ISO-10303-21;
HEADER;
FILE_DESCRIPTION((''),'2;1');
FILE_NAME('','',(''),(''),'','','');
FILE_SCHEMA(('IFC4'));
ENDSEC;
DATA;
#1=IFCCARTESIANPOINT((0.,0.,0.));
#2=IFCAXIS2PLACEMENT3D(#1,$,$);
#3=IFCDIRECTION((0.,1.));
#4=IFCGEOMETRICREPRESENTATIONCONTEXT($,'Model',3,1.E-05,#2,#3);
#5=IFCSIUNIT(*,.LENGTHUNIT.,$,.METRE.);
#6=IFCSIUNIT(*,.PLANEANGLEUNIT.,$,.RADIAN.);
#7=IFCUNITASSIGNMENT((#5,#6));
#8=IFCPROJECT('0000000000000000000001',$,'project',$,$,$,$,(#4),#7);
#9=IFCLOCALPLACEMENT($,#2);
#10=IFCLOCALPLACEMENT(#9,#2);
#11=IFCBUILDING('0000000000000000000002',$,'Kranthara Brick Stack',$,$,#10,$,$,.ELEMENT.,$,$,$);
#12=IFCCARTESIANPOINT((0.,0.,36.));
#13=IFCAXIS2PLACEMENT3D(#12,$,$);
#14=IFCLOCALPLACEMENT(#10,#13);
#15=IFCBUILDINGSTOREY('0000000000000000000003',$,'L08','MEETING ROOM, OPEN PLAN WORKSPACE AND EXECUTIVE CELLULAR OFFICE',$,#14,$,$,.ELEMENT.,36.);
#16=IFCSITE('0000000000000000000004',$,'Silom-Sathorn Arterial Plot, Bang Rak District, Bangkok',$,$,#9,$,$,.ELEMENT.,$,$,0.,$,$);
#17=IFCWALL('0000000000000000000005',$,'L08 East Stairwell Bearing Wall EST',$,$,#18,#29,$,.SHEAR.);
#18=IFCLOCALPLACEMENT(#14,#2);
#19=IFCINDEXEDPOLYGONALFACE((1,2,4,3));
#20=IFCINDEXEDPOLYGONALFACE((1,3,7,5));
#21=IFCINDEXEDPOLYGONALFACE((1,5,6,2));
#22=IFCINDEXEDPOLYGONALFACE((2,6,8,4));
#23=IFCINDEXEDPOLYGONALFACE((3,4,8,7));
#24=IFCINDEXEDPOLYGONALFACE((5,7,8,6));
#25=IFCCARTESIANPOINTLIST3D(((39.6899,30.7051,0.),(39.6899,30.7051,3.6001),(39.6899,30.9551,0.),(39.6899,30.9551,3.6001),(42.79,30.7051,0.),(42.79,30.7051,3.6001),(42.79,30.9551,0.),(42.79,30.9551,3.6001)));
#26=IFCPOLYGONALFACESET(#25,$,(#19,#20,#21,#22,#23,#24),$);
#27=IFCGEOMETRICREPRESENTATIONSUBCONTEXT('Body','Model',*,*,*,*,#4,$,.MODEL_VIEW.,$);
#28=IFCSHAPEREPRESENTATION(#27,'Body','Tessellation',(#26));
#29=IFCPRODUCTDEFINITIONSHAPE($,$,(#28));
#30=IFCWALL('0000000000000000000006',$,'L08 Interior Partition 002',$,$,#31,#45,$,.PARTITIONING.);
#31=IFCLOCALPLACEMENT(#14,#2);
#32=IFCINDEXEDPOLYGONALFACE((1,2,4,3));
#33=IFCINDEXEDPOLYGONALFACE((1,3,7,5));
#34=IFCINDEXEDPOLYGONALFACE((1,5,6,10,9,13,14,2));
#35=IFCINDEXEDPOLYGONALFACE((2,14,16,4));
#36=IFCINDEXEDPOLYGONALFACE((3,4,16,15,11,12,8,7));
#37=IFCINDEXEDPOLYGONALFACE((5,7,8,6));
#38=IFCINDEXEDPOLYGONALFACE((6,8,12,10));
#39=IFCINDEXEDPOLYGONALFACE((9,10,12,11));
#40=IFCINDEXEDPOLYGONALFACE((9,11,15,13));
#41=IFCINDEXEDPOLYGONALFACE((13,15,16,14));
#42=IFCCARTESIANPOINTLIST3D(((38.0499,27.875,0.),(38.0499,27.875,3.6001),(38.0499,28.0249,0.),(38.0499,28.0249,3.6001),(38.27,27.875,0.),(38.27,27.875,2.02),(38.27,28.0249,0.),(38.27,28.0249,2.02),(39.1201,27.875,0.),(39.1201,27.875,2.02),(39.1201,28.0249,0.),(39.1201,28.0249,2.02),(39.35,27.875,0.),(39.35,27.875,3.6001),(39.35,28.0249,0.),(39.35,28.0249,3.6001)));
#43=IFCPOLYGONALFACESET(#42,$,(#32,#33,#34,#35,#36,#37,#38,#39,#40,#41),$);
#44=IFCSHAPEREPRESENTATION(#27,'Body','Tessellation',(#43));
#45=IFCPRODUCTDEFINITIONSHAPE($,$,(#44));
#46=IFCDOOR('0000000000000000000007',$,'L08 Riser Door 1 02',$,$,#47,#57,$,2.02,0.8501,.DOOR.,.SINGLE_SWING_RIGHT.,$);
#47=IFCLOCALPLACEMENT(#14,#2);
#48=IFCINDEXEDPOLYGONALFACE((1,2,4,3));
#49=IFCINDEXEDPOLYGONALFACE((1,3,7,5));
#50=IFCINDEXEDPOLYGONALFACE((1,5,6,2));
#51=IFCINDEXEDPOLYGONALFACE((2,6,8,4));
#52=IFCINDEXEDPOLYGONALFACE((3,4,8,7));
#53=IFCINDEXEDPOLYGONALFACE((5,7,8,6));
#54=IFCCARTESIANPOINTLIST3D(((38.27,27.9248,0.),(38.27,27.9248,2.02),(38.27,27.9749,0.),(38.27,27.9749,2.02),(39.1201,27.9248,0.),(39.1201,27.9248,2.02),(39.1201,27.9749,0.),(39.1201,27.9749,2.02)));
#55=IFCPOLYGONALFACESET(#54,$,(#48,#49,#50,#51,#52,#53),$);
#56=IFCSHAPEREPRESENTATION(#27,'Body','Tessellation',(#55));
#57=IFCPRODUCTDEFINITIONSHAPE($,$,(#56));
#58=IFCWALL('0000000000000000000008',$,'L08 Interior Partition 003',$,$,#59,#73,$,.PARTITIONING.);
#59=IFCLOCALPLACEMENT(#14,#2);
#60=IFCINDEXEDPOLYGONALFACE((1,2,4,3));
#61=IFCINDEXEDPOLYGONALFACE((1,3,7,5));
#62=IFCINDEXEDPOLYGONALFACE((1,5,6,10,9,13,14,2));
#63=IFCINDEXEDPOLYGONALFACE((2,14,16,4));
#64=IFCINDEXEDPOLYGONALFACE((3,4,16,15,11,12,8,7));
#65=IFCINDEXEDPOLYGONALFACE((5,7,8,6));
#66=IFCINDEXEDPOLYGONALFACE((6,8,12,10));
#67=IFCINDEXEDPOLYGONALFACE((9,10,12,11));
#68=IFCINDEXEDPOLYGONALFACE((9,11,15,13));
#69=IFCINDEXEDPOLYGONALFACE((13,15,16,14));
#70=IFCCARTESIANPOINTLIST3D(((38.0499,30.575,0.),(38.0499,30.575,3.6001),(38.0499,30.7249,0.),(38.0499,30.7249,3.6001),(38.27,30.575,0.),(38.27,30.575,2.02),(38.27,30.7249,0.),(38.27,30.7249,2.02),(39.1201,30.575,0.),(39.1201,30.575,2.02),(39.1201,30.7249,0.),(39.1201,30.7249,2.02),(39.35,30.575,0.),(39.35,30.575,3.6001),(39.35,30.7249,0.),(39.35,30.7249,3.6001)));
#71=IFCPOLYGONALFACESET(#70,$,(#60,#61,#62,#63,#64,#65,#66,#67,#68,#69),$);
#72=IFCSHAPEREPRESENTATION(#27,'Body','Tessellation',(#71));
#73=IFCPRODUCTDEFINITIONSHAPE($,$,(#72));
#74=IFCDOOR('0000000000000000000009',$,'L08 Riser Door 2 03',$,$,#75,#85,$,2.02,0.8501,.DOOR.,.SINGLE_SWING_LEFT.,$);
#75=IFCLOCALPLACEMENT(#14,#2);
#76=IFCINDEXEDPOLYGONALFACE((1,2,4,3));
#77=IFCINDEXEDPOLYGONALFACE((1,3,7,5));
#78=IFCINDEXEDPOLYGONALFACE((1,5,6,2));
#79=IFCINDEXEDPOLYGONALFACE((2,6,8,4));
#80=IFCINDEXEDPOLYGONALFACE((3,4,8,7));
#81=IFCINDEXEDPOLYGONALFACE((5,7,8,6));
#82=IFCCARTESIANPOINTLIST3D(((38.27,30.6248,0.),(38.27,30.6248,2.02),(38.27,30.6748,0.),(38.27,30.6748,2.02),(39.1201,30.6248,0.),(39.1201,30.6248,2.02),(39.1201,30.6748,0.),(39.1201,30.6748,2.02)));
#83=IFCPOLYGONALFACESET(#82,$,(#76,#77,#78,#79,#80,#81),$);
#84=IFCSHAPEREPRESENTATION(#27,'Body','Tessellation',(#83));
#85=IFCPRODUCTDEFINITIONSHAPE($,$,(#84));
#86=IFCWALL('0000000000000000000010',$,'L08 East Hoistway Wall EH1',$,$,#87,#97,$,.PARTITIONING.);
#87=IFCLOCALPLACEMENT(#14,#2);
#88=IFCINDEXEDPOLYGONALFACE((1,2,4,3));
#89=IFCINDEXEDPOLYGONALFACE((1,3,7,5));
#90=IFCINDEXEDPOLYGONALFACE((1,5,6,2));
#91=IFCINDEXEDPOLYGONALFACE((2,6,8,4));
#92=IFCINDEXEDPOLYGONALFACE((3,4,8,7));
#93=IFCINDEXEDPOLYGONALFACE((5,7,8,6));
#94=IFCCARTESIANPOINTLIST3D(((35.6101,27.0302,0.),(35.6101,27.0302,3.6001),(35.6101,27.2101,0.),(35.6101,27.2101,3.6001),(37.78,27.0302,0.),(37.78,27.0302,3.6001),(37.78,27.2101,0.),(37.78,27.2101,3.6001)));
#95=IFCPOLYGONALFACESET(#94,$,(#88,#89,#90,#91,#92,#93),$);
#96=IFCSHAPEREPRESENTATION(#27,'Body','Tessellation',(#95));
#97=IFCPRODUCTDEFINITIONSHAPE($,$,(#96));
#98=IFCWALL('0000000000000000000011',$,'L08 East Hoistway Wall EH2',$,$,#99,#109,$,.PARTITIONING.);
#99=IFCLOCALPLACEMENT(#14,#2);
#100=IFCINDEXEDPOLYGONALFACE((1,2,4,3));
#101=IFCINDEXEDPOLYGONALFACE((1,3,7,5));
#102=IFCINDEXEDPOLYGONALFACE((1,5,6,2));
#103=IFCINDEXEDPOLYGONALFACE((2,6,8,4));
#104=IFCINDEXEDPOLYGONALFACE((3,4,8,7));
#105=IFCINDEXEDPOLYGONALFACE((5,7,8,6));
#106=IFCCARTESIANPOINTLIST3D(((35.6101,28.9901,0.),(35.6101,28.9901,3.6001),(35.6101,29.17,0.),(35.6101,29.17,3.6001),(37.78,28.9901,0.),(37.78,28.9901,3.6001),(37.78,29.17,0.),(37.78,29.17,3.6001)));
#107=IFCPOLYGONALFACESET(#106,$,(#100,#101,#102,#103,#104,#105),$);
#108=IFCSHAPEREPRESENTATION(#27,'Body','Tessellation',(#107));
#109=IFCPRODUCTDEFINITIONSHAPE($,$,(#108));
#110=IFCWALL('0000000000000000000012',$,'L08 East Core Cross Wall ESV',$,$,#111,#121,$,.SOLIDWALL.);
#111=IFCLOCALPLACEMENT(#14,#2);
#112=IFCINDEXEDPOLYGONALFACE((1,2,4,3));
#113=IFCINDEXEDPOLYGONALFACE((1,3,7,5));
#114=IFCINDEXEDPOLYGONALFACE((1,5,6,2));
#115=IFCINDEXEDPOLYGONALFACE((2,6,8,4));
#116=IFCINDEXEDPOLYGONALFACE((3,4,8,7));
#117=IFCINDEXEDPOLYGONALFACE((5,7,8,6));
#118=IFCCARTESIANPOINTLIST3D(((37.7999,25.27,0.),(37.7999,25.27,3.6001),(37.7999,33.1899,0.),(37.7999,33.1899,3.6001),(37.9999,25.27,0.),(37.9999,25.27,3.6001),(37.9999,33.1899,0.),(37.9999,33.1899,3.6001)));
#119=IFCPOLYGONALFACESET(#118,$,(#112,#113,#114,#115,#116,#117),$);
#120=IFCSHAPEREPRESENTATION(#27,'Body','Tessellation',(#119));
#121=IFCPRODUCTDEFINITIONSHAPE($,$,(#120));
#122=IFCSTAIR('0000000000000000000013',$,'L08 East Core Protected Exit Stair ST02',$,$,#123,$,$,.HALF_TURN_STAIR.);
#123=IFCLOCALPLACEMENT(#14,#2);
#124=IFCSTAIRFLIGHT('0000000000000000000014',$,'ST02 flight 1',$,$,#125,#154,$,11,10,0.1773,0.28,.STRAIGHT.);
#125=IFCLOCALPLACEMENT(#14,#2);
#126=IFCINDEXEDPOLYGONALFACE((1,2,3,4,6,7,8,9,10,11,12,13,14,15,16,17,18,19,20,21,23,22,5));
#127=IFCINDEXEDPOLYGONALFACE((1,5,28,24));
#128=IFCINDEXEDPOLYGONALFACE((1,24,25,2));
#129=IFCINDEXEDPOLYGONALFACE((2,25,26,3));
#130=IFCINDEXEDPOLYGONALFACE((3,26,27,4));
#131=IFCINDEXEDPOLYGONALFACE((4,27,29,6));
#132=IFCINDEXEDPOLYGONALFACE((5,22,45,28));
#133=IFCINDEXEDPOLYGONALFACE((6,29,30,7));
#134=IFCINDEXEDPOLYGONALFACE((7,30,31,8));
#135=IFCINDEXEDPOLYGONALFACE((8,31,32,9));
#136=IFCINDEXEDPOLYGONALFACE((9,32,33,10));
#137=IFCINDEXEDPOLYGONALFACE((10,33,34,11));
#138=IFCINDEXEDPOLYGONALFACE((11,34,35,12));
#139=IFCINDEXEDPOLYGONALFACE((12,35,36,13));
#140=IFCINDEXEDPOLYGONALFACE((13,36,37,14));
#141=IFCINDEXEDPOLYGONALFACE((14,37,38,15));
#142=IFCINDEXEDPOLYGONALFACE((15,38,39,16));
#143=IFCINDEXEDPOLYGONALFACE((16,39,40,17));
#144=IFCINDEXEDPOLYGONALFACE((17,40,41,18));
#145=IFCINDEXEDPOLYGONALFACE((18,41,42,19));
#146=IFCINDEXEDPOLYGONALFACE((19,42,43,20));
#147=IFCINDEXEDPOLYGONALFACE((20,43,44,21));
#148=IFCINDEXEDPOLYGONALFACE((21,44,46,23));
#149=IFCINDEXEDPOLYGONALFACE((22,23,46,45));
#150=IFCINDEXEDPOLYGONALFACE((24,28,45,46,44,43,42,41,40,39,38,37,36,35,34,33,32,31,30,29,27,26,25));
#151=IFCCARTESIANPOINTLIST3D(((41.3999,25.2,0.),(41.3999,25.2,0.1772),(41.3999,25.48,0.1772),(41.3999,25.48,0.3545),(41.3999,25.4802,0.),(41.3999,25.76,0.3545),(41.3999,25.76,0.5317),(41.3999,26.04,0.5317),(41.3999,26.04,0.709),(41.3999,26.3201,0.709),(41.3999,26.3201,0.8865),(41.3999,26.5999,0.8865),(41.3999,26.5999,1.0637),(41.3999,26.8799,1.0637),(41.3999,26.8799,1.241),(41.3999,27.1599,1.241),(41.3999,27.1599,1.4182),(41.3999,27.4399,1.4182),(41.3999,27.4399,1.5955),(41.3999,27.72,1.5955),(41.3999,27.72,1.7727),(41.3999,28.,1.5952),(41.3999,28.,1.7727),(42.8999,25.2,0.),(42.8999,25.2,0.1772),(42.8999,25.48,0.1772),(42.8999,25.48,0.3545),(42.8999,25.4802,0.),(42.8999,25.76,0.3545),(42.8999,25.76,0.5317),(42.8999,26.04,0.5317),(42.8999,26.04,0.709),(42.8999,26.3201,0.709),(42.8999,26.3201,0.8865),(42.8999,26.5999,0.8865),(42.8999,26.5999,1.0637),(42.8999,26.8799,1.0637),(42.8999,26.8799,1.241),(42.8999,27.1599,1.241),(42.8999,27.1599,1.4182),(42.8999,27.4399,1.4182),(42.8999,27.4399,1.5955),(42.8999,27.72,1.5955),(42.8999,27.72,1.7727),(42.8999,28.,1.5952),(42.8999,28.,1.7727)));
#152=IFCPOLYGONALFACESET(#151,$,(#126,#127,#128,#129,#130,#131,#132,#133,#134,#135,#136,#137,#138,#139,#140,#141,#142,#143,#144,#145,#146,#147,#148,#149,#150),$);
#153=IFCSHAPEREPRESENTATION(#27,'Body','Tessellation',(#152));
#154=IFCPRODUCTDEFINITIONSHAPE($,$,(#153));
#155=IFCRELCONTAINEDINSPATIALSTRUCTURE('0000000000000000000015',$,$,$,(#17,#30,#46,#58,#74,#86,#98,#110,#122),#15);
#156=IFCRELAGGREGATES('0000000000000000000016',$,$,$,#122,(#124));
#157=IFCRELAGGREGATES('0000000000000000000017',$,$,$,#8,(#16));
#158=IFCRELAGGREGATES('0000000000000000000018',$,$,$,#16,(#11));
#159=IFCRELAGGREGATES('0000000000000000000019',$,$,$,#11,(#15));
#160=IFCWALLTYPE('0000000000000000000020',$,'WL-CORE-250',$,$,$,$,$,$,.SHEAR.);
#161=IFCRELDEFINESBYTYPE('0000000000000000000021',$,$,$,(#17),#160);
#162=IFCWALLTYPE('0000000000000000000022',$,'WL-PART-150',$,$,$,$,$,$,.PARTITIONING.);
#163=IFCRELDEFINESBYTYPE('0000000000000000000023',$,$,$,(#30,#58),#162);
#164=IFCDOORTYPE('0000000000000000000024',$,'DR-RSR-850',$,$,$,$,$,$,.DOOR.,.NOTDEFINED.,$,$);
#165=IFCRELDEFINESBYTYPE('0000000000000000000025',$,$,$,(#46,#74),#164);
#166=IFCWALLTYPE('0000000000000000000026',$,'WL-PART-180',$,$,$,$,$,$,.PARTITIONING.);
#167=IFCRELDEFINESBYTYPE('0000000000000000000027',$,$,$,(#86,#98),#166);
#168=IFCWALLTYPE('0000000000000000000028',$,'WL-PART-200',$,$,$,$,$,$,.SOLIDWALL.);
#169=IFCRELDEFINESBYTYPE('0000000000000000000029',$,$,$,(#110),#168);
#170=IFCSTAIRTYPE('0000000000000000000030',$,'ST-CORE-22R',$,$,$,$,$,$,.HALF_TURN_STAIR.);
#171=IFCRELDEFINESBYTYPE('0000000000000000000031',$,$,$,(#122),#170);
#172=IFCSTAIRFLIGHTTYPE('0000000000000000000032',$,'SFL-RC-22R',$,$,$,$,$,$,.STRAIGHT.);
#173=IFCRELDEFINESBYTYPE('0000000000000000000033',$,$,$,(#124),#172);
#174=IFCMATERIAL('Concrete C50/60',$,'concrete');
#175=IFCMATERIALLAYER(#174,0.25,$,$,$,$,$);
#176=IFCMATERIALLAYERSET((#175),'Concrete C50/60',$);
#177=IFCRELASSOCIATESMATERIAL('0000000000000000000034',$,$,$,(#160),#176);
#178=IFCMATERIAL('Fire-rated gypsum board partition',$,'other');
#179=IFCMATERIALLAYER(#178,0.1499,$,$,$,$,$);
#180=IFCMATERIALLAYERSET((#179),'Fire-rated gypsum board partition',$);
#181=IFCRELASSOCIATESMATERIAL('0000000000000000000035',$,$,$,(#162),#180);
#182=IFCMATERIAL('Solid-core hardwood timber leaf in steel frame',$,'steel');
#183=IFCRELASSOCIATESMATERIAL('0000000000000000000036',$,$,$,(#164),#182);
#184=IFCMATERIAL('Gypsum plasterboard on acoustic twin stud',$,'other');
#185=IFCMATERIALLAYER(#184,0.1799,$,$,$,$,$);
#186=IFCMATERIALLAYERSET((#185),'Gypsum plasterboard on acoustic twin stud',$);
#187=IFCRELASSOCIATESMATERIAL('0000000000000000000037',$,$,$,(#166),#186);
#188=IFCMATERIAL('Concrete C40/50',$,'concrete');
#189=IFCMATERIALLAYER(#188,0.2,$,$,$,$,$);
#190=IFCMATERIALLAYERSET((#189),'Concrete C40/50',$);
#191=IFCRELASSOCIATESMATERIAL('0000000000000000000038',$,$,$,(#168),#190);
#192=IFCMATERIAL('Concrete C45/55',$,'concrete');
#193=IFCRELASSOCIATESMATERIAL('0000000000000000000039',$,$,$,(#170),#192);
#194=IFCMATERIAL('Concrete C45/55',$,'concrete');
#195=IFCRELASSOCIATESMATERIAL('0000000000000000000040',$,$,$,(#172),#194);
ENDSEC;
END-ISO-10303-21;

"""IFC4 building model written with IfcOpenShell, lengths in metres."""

from ifc_helpers import new_model, si_unit, direction, frame, frame_2d, origin, place, context, subcontext, project, spatial, polyline, rectangle, outline, extrude, material, layer, layer_set, type_object, element, fill, aggregate, save


model = new_model("IFC4")

# Units and contexts
model_context = context("Model", 3, precision=1e-05, world=origin(), true_north=direction((0.0, 1.0)))
body_context = subcontext(model_context, "Body", "Model", "MODEL_VIEW")
ifc_project = project(units=[si_unit("LENGTHUNIT", "METRE"), si_unit("PLANEANGLEUNIT", "RADIAN")], contexts=[model_context])

# Site, building, storey
site_placement = place(None, origin())
site = spatial("IfcSite", under=ifc_project, at=site_placement, Name="Silom-Sathorn Arterial Plot, Bang Rak District, Bangkok", CompositionType="ELEMENT", RefElevation=0.0)
building_placement = place(site_placement, origin())
building = spatial("IfcBuilding", under=site, at=building_placement, Name="Kranthara Brick Stack", CompositionType="ELEMENT")
storey_placement = place(building_placement, frame((0.0, 0.0, 36.0)))
storey = spatial("IfcBuildingStorey", under=building, at=storey_placement, Name="L08", Description="MEETING ROOM, OPEN PLAN WORKSPACE AND EXECUTIVE CELLULAR OFFICE", CompositionType="ELEMENT", Elevation=36.0)

# Wall
ifc_material_1 = material(Name="Concrete C50/60", Category="concrete")
ifc_layer_1 = layer(ifc_material_1, 0.25)
ifc_layer_set_1 = layer_set([ifc_layer_1], Name="Concrete C50/60")
wall_type_1 = type_object("IfcWallType", Name="WL-CORE-250", PredefinedType="SHEAR", material=ifc_layer_set_1)
wall_1_placement = place(storey_placement, frame((39.6899, 30.8301, 0.0), z_axis=(0.0, 0.0, 1.0), x_axis=(1.0, 0.0, 0.0)))
element("IfcWall", 1, at=wall_1_placement, inside=storey, type_object=wall_type_1, Name="L08 East Stairwell Bearing Wall EST", PredefinedType="SHEAR", context=body_context, shape_type="SweptSolid", body=[
    extrude(rectangle(XDim=3.1001, YDim=0.25, at=frame_2d((1.55, 0.0))), origin(), (0.0, 0.0, 1.0), 3.6001),
])

# Walls, openings, doors
ifc_material_2 = material(Name="Fire-rated gypsum board partition", Category="other")
ifc_layer_2 = layer(ifc_material_2, 0.1499)
ifc_layer_set_2 = layer_set([ifc_layer_2], Name="Fire-rated gypsum board partition")
wall_type_2 = type_object("IfcWallType", Name="WL-PART-150", PredefinedType="PARTITIONING", material=ifc_layer_set_2)
wall_2_placement = place(storey_placement, frame((38.05, 27.95, 0.0), z_axis=(0.0, 0.0, 1.0), x_axis=(1.0, 0.0, 0.0)))
wall_2 = element("IfcWall", 2, at=wall_2_placement, inside=storey, type_object=wall_type_2, Name="L08 Interior Partition 002", PredefinedType="PARTITIONING", context=body_context, shape_type="SweptSolid", body=[
    extrude(rectangle(XDim=1.3, YDim=0.1499, at=frame_2d((0.6499, 0.0))), origin(), (0.0, 0.0, 1.0), 3.6001),
])
opening_1_placement = place(wall_2_placement, frame((0.22, 0.0, 0.0)))
opening_1 = element("IfcOpeningElement", 3, at=opening_1_placement, cuts=wall_2, PredefinedType="OPENING", context=body_context, shape_type="SweptSolid", body=[
    extrude(rectangle(XDim=0.8501, YDim=2.02, at=frame_2d((0.425, 1.01))), frame((0.0, 0.085, 0.0), z_axis=(0.0, -1.0, 0.0), x_axis=(1.0, 0.0, 0.0)), (0.0, 0.0, 1.0), 0.1699),
])
ifc_material_3 = material(Name="Solid-core hardwood timber leaf in steel frame", Category="steel")
door_type = type_object("IfcDoorType", Name="DR-RSR-850", OperationType="NOTDEFINED", PredefinedType="DOOR", material=ifc_material_3)
door_1_placement = place(opening_1_placement, origin())
door_1 = element("IfcDoor", 4, at=door_1_placement, inside=storey, type_object=door_type, Name="L08 Riser Door 1 02", OperationType="SINGLE_SWING_RIGHT", OverallHeight=2.02, OverallWidth=0.8501, PredefinedType="DOOR", context=body_context, shape_type="SweptSolid", body=[
    extrude(rectangle(XDim=0.8501, YDim=2.02, at=frame_2d((0.425, 1.01))), frame((0.0, 0.0249, 0.0), z_axis=(0.0, -1.0, 0.0), x_axis=(1.0, 0.0, 0.0)), (0.0, 0.0, 1.0), 0.05),
])
fill(opening_1, door_1)
wall_3_placement = place(storey_placement, frame((38.05, 30.6499, 0.0), z_axis=(0.0, 0.0, 1.0), x_axis=(1.0, 0.0, 0.0)))
wall_3 = element("IfcWall", 5, at=wall_3_placement, inside=storey, type_object=wall_type_2, Name="L08 Interior Partition 003", PredefinedType="PARTITIONING", context=body_context, shape_type="SweptSolid", body=[
    extrude(rectangle(XDim=1.3, YDim=0.1499, at=frame_2d((0.6499, 0.0))), origin(), (0.0, 0.0, 1.0), 3.6001),
])
opening_2_placement = place(wall_3_placement, frame((0.22, 0.0, 0.0)))
opening_2 = element("IfcOpeningElement", 6, at=opening_2_placement, cuts=wall_3, PredefinedType="OPENING", context=body_context, shape_type="SweptSolid", body=[
    extrude(rectangle(XDim=0.8501, YDim=2.02, at=frame_2d((0.425, 1.01))), frame((0.0, 0.085, 0.0), z_axis=(0.0, -1.0, 0.0), x_axis=(1.0, 0.0, 0.0)), (0.0, 0.0, 1.0), 0.1699),
])
door_2_placement = place(opening_2_placement, origin())
door_2 = element("IfcDoor", 7, at=door_2_placement, inside=storey, type_object=door_type, Name="L08 Riser Door 2 03", OperationType="SINGLE_SWING_LEFT", OverallHeight=2.02, OverallWidth=0.8501, PredefinedType="DOOR", context=body_context, shape_type="SweptSolid", body=[
    extrude(rectangle(XDim=0.8501, YDim=2.02, at=frame_2d((0.425, 1.01))), frame((0.0, 0.0249, 0.0), z_axis=(0.0, -1.0, 0.0), x_axis=(1.0, 0.0, 0.0)), (0.0, 0.0, 1.0), 0.05),
])
fill(opening_2, door_2)

# Walls
ifc_material_4 = material(Name="Gypsum plasterboard on acoustic twin stud", Category="other")
ifc_layer_3 = layer(ifc_material_4, 0.1799)
ifc_layer_set_3 = layer_set([ifc_layer_3], Name="Gypsum plasterboard on acoustic twin stud")
wall_type_3 = type_object("IfcWallType", Name="WL-PART-180", PredefinedType="PARTITIONING", material=ifc_layer_set_3)
for number, where, z_axis, x_axis, name in (
    (8, (35.6101, 27.1201, 0.0), (0.0, 0.0, 1.0), (1.0, 0.0, 0.0), "L08 East Hoistway Wall EH1"),
    (9, (35.6101, 29.0801, 0.0), (0.0, 0.0, 1.0), (1.0, 0.0, 0.0), "L08 East Hoistway Wall EH2"),
):
    element("IfcWall", number, at=place(storey_placement, frame(where, z_axis=z_axis, x_axis=x_axis)), inside=storey, type_object=wall_type_3, Name=name, PredefinedType="PARTITIONING", context=body_context, shape_type="SweptSolid", body=[
        extrude(rectangle(XDim=2.1699, YDim=0.1799, at=frame_2d((1.085, 0.0))), origin(), (0.0, 0.0, 1.0), 3.6001),
    ])
ifc_material_5 = material(Name="Concrete C40/50", Category="concrete")
ifc_layer_4 = layer(ifc_material_5, 0.2)
ifc_layer_set_4 = layer_set([ifc_layer_4], Name="Concrete C40/50")
wall_type_4 = type_object("IfcWallType", Name="WL-PART-200", PredefinedType="SOLIDWALL", material=ifc_layer_set_4)
wall_4_placement = place(storey_placement, frame((37.8999, 25.27, 0.0), z_axis=(0.0, 0.0, 1.0), x_axis=(0.0, 1.0, 0.0)))
element("IfcWall", 10, at=wall_4_placement, inside=storey, type_object=wall_type_4, Name="L08 East Core Cross Wall ESV", PredefinedType="SOLIDWALL", context=body_context, shape_type="SweptSolid", body=[
    extrude(rectangle(XDim=7.9199, YDim=0.2, at=frame_2d((3.96, 0.0))), origin(), (0.0, 0.0, 1.0), 3.6001),
])

# Stair, stair flight
ifc_material_6 = material(Name="Concrete C45/55", Category="concrete")
stair_type = type_object("IfcStairType", Name="ST-CORE-22R", PredefinedType="HALF_TURN_STAIR", material=ifc_material_6)
stair_placement = place(storey_placement, origin())
stair = element("IfcStair", 11, at=stair_placement, inside=storey, type_object=stair_type, Name="L08 East Core Protected Exit Stair ST02", PredefinedType="HALF_TURN_STAIR")
ifc_material_7 = material(Name="Concrete C45/55", Category="concrete")
stair_flight_type = type_object("IfcStairFlightType", Name="SFL-RC-22R", PredefinedType="STRAIGHT", material=ifc_material_7)
stair_flight_1_placement = place(storey_placement, frame((42.1499, 25.2, 0.0), z_axis=(0.0, 0.0, 1.0), x_axis=(0.0, 1.0, 0.0)))
stair_flight_1 = element("IfcStairFlight", 12, at=stair_flight_1_placement, type_object=stair_flight_type, Name="ST02 flight 1", NumberOfRisers=11, NumberOfTreads=10, PredefinedType="STRAIGHT", RiserHeight=0.1773, TreadLength=0.28, context=body_context, shape_type="SweptSolid", body=[
    extrude(outline(polyline([(0.0, 0.0), (0.0, 0.1772), (0.28, 0.1772), (0.28, 0.3545), (0.5601, 0.3545), (0.5601, 0.5317), (0.8401, 0.5317), (0.8401, 0.709), (1.1201, 0.709), (1.1201, 0.8865), (1.3999, 0.8865), (1.3999, 1.0637), (1.6799, 1.0637), (1.6799, 1.241), (1.96, 1.241), (1.96, 1.4182), (2.24, 1.4182), (2.24, 1.5955), (2.52, 1.5955), (2.52, 1.7727), (2.8, 1.7727), (2.8, 1.95), (2.8, 1.5952), (0.2803, 0.0), (0.0, 0.0)])), frame((0.0, 0.75, 0.0), z_axis=(0.0, -1.0, 0.0), x_axis=(1.0, 0.0, 0.0)), (0.0, 0.0, 1.0), 1.5),
])
aggregate(stair, [stair_flight_1])

save(model, "model.ifc")
